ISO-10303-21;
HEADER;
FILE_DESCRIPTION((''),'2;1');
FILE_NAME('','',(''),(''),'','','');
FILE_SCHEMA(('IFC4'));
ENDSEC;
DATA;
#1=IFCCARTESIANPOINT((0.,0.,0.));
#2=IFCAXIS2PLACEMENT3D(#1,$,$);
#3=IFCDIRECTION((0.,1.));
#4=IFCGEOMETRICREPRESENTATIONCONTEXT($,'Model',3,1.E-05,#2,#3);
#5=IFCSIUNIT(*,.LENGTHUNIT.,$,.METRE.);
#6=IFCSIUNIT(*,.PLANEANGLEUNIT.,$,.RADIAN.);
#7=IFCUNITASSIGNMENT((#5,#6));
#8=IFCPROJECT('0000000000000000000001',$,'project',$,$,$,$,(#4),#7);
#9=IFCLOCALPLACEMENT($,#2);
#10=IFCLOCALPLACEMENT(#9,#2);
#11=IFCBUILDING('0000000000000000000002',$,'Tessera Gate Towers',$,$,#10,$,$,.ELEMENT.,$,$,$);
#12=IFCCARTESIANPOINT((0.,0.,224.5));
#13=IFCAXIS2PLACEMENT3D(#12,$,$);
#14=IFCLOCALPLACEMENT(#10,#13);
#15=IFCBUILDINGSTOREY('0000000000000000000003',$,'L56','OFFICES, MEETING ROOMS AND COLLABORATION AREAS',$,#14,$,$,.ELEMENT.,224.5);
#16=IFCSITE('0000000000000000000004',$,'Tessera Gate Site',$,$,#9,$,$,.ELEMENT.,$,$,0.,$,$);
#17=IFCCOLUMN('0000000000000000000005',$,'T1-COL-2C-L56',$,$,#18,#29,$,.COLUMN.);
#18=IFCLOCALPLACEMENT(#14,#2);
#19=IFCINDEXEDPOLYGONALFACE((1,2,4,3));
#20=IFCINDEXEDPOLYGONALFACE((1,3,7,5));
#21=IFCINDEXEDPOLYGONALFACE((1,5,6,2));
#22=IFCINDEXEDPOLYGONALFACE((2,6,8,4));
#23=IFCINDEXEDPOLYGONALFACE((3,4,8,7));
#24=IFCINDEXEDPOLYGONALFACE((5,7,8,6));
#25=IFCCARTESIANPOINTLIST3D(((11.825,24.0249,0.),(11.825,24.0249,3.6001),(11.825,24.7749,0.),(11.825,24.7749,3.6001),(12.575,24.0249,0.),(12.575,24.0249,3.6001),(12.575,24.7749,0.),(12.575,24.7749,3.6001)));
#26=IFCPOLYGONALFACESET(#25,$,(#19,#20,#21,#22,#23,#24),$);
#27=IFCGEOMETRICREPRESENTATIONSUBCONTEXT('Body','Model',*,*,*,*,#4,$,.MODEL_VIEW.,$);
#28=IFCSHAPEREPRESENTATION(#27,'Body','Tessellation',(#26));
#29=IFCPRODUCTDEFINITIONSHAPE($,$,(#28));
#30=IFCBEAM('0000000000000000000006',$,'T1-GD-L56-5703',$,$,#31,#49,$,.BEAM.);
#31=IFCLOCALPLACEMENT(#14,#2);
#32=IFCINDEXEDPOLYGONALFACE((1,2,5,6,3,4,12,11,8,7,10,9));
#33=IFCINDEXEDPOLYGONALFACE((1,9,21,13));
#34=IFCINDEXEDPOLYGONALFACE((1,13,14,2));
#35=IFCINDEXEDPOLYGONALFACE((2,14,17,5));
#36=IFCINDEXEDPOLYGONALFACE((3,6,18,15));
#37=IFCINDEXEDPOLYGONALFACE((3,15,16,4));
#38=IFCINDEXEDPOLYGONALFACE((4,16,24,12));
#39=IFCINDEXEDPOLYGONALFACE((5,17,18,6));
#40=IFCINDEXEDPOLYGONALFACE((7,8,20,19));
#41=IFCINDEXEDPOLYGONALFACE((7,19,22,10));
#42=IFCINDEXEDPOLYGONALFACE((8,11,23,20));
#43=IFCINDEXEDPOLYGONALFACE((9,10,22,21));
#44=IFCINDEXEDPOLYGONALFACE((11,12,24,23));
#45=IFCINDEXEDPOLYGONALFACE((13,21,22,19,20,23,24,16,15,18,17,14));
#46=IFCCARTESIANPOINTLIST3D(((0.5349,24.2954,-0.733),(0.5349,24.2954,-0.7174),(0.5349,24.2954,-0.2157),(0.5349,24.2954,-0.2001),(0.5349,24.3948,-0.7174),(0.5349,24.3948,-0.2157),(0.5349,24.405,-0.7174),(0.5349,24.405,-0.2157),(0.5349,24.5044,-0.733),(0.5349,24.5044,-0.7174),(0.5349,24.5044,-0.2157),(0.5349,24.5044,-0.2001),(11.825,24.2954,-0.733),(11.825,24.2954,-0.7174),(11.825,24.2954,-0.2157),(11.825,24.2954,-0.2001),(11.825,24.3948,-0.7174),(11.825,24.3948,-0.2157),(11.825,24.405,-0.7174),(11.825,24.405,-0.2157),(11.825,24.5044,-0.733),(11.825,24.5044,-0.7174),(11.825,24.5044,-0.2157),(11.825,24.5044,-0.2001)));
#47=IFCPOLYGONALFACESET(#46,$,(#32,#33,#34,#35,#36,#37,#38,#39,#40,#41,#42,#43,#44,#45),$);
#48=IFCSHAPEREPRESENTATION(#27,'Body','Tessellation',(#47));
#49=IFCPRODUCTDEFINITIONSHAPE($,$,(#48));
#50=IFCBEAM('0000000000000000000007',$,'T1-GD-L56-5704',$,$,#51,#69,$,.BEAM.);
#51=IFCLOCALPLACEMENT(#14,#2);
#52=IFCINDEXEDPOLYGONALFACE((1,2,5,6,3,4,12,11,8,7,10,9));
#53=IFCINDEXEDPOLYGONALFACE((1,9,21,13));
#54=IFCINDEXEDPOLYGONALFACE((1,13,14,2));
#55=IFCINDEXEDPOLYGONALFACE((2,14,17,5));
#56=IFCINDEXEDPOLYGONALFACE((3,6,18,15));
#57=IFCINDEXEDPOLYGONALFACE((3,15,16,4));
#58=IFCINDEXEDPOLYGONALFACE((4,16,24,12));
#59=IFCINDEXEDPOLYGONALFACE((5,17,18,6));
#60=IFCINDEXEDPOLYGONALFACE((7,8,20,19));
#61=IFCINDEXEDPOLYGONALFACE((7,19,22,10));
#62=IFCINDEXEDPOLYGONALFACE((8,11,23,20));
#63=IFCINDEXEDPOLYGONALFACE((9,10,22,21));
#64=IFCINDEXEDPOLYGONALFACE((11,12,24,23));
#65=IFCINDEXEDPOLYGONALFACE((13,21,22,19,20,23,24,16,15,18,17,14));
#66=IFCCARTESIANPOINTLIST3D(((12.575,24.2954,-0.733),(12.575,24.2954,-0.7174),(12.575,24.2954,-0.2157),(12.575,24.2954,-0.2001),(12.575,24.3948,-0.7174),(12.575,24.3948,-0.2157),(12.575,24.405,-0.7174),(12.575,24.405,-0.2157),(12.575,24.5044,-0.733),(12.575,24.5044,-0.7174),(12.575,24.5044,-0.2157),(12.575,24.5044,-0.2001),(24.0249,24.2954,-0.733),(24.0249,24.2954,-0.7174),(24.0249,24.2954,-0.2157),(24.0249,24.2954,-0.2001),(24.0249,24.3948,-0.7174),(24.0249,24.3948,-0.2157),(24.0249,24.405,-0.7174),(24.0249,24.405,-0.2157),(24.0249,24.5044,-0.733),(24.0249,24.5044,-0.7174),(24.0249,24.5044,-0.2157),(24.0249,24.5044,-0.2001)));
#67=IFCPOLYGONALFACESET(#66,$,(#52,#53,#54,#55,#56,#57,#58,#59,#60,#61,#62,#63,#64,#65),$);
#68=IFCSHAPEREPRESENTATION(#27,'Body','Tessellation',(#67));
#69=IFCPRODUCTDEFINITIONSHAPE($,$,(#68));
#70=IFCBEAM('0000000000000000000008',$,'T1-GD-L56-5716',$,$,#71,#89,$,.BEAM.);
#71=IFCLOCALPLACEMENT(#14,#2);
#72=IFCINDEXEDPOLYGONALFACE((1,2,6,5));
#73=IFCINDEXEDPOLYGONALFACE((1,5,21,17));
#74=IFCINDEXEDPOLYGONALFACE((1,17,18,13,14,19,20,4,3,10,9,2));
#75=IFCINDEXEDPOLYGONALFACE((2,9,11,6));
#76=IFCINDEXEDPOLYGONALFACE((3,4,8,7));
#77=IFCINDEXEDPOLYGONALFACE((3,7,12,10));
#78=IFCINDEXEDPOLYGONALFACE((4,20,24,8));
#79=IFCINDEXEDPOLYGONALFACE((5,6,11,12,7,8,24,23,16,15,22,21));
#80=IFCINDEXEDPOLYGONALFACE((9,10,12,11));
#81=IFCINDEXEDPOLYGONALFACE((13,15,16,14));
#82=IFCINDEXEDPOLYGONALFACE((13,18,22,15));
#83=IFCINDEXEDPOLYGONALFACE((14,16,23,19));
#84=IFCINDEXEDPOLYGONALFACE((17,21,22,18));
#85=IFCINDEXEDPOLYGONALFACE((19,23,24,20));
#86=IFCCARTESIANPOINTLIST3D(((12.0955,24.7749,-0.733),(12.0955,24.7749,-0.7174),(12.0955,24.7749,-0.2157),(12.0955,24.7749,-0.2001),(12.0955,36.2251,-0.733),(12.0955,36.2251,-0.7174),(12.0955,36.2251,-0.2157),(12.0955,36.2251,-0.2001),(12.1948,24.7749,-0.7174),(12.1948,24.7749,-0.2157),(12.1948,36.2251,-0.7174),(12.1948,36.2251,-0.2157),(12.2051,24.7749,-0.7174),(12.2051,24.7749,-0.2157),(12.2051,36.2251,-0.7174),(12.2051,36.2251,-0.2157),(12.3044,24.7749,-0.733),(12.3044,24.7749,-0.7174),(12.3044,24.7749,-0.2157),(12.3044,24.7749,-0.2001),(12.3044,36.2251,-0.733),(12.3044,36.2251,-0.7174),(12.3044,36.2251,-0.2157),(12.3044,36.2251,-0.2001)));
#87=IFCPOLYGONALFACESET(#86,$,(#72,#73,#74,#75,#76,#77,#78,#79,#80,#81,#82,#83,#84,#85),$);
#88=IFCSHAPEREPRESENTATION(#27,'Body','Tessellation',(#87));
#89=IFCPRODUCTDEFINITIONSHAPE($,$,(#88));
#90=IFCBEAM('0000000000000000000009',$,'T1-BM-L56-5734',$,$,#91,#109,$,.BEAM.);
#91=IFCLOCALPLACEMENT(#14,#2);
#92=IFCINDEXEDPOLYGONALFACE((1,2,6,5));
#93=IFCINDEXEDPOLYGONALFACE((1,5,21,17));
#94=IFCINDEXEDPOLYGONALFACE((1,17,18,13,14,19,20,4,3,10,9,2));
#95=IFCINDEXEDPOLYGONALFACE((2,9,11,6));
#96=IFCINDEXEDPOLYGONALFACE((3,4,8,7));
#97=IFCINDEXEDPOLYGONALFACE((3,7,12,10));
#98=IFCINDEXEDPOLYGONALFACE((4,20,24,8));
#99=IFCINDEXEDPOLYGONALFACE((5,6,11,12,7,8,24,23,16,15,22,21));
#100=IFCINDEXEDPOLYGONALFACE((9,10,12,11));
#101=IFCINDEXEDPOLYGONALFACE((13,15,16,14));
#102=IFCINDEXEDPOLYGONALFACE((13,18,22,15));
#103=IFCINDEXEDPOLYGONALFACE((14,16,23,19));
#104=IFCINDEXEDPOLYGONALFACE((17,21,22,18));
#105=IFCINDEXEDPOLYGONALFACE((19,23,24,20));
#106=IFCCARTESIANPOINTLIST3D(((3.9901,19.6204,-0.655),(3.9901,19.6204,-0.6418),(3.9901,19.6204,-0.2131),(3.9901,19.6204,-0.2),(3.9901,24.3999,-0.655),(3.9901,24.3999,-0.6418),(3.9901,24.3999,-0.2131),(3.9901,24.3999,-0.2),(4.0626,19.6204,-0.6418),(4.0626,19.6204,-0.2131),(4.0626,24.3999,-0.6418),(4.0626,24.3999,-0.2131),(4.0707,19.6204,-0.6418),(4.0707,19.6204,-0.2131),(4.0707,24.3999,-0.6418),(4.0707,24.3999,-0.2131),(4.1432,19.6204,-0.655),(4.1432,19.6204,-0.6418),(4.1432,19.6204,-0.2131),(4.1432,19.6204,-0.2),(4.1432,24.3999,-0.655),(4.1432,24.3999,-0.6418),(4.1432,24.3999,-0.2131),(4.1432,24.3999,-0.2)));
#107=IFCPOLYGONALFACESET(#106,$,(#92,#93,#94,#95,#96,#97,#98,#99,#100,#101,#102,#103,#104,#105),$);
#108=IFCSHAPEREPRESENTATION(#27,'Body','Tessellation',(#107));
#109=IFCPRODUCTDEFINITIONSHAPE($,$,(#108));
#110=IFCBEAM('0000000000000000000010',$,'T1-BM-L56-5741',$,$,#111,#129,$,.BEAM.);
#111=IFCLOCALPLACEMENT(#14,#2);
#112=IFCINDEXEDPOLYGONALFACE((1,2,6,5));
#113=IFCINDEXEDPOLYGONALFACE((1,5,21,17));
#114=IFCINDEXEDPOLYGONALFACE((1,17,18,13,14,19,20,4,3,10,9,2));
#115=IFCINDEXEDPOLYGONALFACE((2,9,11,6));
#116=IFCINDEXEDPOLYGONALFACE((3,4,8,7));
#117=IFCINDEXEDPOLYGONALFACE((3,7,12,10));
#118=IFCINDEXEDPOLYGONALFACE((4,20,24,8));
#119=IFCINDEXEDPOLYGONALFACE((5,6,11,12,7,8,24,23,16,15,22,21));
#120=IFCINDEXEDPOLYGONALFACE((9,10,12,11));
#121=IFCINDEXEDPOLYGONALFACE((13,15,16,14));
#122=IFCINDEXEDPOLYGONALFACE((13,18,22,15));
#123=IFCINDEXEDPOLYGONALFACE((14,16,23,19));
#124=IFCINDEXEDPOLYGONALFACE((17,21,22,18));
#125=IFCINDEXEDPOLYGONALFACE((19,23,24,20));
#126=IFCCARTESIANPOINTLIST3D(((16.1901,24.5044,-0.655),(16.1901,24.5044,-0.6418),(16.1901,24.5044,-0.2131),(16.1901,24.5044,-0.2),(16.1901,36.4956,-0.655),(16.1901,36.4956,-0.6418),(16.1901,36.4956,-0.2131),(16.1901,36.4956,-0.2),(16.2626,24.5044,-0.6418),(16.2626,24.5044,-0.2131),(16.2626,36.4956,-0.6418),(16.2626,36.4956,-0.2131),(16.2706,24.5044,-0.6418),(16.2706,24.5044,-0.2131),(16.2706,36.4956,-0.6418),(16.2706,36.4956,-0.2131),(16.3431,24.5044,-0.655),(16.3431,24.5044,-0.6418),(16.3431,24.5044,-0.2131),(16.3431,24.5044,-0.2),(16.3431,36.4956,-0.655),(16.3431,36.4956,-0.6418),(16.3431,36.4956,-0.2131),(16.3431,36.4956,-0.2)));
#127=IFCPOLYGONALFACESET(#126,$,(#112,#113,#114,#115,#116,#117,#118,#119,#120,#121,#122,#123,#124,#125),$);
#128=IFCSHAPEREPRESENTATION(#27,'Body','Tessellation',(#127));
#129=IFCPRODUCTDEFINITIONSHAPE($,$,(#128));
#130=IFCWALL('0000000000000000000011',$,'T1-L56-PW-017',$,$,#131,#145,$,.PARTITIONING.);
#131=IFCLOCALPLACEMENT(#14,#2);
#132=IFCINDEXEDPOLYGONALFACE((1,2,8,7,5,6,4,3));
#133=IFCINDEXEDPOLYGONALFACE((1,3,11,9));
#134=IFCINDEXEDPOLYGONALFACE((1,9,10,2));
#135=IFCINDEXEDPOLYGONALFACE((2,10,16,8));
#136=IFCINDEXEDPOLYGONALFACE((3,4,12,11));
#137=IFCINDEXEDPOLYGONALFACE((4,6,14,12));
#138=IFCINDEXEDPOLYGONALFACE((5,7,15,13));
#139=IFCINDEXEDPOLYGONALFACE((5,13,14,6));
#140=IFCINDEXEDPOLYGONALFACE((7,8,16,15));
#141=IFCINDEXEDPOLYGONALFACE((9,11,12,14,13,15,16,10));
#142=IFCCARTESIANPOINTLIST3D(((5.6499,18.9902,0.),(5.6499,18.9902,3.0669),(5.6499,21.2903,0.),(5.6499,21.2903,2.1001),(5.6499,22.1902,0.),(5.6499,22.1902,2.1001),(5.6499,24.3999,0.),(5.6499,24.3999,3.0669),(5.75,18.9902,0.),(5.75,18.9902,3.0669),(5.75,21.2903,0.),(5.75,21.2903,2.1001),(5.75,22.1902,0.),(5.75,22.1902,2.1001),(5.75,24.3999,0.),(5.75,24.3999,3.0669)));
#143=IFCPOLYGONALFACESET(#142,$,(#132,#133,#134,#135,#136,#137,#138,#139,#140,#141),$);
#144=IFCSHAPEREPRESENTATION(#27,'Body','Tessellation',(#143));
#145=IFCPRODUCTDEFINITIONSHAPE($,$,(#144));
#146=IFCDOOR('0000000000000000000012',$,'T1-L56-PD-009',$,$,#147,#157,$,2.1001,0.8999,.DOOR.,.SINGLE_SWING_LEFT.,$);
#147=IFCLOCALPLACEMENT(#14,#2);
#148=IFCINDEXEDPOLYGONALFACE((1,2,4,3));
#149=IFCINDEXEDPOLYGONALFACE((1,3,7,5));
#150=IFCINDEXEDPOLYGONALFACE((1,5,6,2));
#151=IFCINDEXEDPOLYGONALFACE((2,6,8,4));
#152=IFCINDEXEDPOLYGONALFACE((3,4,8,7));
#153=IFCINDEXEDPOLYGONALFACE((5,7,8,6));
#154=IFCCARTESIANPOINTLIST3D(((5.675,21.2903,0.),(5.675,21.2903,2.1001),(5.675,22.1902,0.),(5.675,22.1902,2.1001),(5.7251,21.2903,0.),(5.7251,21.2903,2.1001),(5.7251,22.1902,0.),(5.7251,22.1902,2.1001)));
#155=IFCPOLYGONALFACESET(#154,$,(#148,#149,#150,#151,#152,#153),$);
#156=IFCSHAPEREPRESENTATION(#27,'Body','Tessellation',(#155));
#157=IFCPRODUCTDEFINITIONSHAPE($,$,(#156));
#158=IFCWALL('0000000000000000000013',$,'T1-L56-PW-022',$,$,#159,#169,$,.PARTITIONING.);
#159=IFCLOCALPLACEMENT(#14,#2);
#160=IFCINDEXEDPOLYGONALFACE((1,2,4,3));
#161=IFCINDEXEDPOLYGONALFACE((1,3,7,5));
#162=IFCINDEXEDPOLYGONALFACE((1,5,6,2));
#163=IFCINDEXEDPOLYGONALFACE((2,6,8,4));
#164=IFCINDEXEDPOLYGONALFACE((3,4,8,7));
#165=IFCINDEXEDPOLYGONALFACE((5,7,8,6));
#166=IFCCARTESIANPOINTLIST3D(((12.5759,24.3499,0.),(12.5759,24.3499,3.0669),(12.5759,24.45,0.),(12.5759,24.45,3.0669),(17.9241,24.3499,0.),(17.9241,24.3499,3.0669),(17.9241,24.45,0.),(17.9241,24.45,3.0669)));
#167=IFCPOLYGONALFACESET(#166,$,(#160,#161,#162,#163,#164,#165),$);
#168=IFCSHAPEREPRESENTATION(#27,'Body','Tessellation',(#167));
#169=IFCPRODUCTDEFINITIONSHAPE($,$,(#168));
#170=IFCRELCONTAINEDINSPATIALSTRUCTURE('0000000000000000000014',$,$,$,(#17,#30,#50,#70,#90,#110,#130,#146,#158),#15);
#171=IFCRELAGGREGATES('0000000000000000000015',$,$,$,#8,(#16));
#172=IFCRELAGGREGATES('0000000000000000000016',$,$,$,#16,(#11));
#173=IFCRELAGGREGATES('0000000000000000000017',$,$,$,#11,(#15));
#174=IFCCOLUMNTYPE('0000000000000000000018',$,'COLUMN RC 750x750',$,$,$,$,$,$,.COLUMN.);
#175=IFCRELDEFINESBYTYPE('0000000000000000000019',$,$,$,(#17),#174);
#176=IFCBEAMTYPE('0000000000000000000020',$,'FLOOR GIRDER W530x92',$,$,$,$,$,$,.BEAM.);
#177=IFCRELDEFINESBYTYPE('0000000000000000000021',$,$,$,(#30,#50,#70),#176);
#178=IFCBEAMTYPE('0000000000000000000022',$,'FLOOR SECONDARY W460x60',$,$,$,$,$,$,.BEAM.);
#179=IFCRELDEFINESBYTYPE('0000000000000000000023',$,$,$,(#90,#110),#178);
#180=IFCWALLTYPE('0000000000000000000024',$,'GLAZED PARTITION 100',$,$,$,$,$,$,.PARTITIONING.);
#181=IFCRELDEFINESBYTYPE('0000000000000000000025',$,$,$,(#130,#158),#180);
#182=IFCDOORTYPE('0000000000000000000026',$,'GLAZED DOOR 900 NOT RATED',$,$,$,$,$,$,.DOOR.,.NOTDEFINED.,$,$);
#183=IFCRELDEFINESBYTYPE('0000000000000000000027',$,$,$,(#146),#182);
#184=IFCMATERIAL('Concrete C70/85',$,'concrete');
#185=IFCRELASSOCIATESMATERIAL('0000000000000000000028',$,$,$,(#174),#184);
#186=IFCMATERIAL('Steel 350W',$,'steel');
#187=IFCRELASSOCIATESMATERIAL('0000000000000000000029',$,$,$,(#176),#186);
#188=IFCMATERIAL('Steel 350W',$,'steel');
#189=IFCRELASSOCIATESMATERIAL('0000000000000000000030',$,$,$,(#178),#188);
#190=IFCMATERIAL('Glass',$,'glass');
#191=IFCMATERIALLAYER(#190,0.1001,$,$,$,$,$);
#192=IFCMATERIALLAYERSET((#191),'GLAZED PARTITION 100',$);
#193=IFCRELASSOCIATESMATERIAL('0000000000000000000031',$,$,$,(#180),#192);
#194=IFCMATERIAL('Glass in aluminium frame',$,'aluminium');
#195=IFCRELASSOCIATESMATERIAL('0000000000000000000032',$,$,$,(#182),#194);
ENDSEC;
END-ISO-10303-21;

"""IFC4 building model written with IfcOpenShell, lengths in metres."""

from ifc_helpers import new_model, si_unit, direction, frame, frame_2d, origin, origin_2d, place, context, subcontext, project, spatial, rectangle, i_section, extrude, source, transform, mapped, material, layer, layer_set, material_profile, profile_set, type_object, element, fill, save


model = new_model("IFC4")

# Units and contexts
model_context = context("Model", 3, precision=1e-05, world=origin(), true_north=direction((0.0, 1.0)))
body_context = subcontext(model_context, "Body", "Model", "MODEL_VIEW")
ifc_project = project(units=[si_unit("LENGTHUNIT", "METRE"), si_unit("PLANEANGLEUNIT", "RADIAN")], contexts=[model_context])

# Site, building, storey
site_placement = place(None, origin())
site = spatial("IfcSite", under=ifc_project, at=site_placement, Name="Tessera Gate Site", CompositionType="ELEMENT", RefElevation=0.0)
building_placement = place(site_placement, origin())
building = spatial("IfcBuilding", under=site, at=building_placement, Name="Tessera Gate Towers", CompositionType="ELEMENT")
storey_placement = place(building_placement, frame((0.0, 0.0, 224.5)))
storey = spatial("IfcBuildingStorey", under=building, at=storey_placement, Name="L56", Description="OFFICES, MEETING ROOMS AND COLLABORATION AREAS", CompositionType="ELEMENT", Elevation=224.5)

# Column
ifc_material_1 = material(Name="Concrete C70/85", Category="concrete")
ifc_material_profile_1 = material_profile(ifc_material_1, rectangle(XDim=0.75, YDim=0.75, at=origin_2d()), Name="RC 750x750")
ifc_profile_set_1 = profile_set([ifc_material_profile_1], Name="Concrete C70/85")
column_type = type_object("IfcColumnType", Name="COLUMN RC 750x750", PredefinedType="COLUMN", material=ifc_profile_set_1)
column_placement = place(storey_placement, frame((12.2, 24.3999, 0.0), z_axis=(0.0, 0.0, 1.0), x_axis=(1.0, 0.0, 0.0)))
element("IfcColumn", 1, at=column_placement, inside=storey, type_object=column_type, Name="T1-COL-2C-L56", PredefinedType="COLUMN", context=body_context, shape_type="SweptSolid", body=[
    extrude(rectangle(XDim=0.75, YDim=0.75, at=origin_2d()), origin(), (0.0, 0.0, 1.0), 3.6001),
])

# Beams
ifc_material_2 = material(Name="Steel 350W", Category="steel")
ifc_material_profile_2 = material_profile(ifc_material_2, i_section(OverallWidth=0.209, OverallDepth=0.533, WebThickness=0.0103, FlangeThickness=0.0156, at=origin_2d()), Name="W530x92")
ifc_profile_set_2 = profile_set([ifc_material_profile_2], Name="Steel 350W")
beam_type_1 = type_object("IfcBeamType", Name="FLOOR GIRDER W530x92", PredefinedType="BEAM", material=ifc_profile_set_2)
beam_1_placement = place(storey_placement, frame((0.5349, 24.3999, -0.4666), z_axis=(1.0, 0.0, 0.0), x_axis=(0.0, 1.0, 0.0)))
element("IfcBeam", 2, at=beam_1_placement, inside=storey, type_object=beam_type_1, Name="T1-GD-L56-5703", PredefinedType="BEAM", context=body_context, shape_type="SweptSolid", body=[
    extrude(i_section(OverallWidth=0.209, OverallDepth=0.533, WebThickness=0.0103, FlangeThickness=0.0156, at=origin_2d()), origin(), (0.0, 0.0, 1.0), 11.29),
])
beam_2_placement = place(storey_placement, frame((12.575, 24.3999, -0.4666), z_axis=(1.0, 0.0, 0.0), x_axis=(0.0, 1.0, 0.0)))
element("IfcBeam", 3, at=beam_2_placement, inside=storey, type_object=beam_type_1, Name="T1-GD-L56-5704", PredefinedType="BEAM", context=body_context, shape_type="SweptSolid", body=[
    extrude(i_section(OverallWidth=0.209, OverallDepth=0.533, WebThickness=0.0103, FlangeThickness=0.0156, at=origin_2d()), origin(), (0.0, 0.0, 1.0), 11.45),
])
beam_3_placement = place(storey_placement, frame((12.2, 24.7749, -0.4666), z_axis=(0.0, 1.0, 0.0), x_axis=(-1.0, 0.0, 0.0)))
element("IfcBeam", 4, at=beam_3_placement, inside=storey, type_object=beam_type_1, Name="T1-GD-L56-5716", PredefinedType="BEAM", context=body_context, shape_type="SweptSolid", body=[
    extrude(i_section(OverallWidth=0.209, OverallDepth=0.533, WebThickness=0.0103, FlangeThickness=0.0156, at=origin_2d()), origin(), (0.0, 0.0, 1.0), 11.4502),
])
ifc_material_3 = material(Name="Steel 350W", Category="steel")
ifc_material_profile_3 = material_profile(ifc_material_3, i_section(OverallWidth=0.1531, OverallDepth=0.4551, WebThickness=0.0081, FlangeThickness=0.0132, at=origin_2d()), Name="W460x60")
ifc_profile_set_3 = profile_set([ifc_material_profile_3], Name="Steel 350W")
beam_type_2 = type_object("IfcBeamType", Name="FLOOR SECONDARY W460x60", PredefinedType="BEAM", material=ifc_profile_set_3)
beam_4_placement = place(storey_placement, frame((4.0667, 19.6204, -0.4275), z_axis=(0.0, 1.0, 0.0), x_axis=(-1.0, 0.0, 0.0)))
element("IfcBeam", 5, at=beam_4_placement, inside=storey, type_object=beam_type_2, Name="T1-BM-L56-5734", PredefinedType="BEAM", context=body_context, shape_type="SweptSolid", body=[
    extrude(i_section(OverallWidth=0.1531, OverallDepth=0.4551, WebThickness=0.0081, FlangeThickness=0.0132, at=origin_2d()), origin(), (0.0, 0.0, 1.0), 4.7795),
])
beam_5_placement = place(storey_placement, frame((16.2666, 24.5044, -0.4275), z_axis=(0.0, 1.0, 0.0), x_axis=(-1.0, 0.0, 0.0)))
element("IfcBeam", 6, at=beam_5_placement, inside=storey, type_object=beam_type_2, Name="T1-BM-L56-5741", PredefinedType="BEAM", context=body_context, shape_type="SweptSolid", body=[
    extrude(i_section(OverallWidth=0.1531, OverallDepth=0.4551, WebThickness=0.0081, FlangeThickness=0.0132, at=origin_2d()), origin(), (0.0, 0.0, 1.0), 11.9912),
])

# Wall, opening, door
ifc_material_4 = material(Name="Glass", Category="glass")
ifc_layer_1 = layer(ifc_material_4, 0.1001)
ifc_layer_set_1 = layer_set([ifc_layer_1], Name="GLAZED PARTITION 100")
wall_type_1 = type_object("IfcWallType", Name="GLAZED PARTITION 100", PredefinedType="PARTITIONING", material=ifc_layer_set_1)
wall_1_placement = place(storey_placement, frame((5.7, 18.9902, 0.0), z_axis=(0.0, 0.0, 1.0), x_axis=(0.0, 1.0, 0.0)))
wall_1 = element("IfcWall", 7, at=wall_1_placement, inside=storey, type_object=wall_type_1, Name="T1-L56-PW-017", PredefinedType="PARTITIONING", context=body_context, shape_type="SweptSolid", body=[
    extrude(rectangle(XDim=5.4097, YDim=0.1001, at=frame_2d((2.7048, 0.0))), origin(), (0.0, 0.0, 1.0), 3.0669),
])
shared_shape_1 = source(origin(), body_context, "Body", "SweptSolid", [
    extrude(rectangle(XDim=0.8999, YDim=2.1001, at=frame_2d((0.45, 1.05))), frame((0.0, 0.0601, 0.0), z_axis=(0.0, -1.0, 0.0), x_axis=(1.0, 0.0, 0.0)), (0.0, 0.0, 1.0), 0.1201),
])
opening_1_placement = place(wall_1_placement, frame((2.3, 0.0, 0.0)))
opening_1 = element("IfcOpeningElement", 8, at=opening_1_placement, cuts=wall_1, PredefinedType="OPENING", context=body_context, shape_type="MappedRepresentation", body=[
    mapped(shared_shape_1, transform((0.0, 0.0, 0.0), scale=1.0)),
])
ifc_material_5 = material(Name="Glass in aluminium frame", Category="aluminium")
door_type = type_object("IfcDoorType", Name="GLAZED DOOR 900 NOT RATED", OperationType="NOTDEFINED", PredefinedType="DOOR", material=ifc_material_5)
shared_shape_2 = source(origin(), body_context, "Body", "SweptSolid", [
    extrude(rectangle(XDim=0.8999, YDim=2.1001, at=frame_2d((0.45, 1.05))), frame((0.0, 0.0249, 0.0), z_axis=(0.0, -1.0, 0.0), x_axis=(1.0, 0.0, 0.0)), (0.0, 0.0, 1.0), 0.05),
])
door_1_placement = place(opening_1_placement, origin())
door_1 = element("IfcDoor", 9, at=door_1_placement, inside=storey, type_object=door_type, Name="T1-L56-PD-009", OperationType="SINGLE_SWING_LEFT", OverallHeight=2.1001, OverallWidth=0.8999, PredefinedType="DOOR", context=body_context, shape_type="MappedRepresentation", body=[
    mapped(shared_shape_2, transform((0.0, 0.0, 0.0), scale=1.0)),
])
fill(opening_1, door_1)

# Wall
wall_2_placement = place(storey_placement, frame((12.5759, 24.3999, 0.0), z_axis=(0.0, 0.0, 1.0), x_axis=(1.0, 0.0, 0.0)))
element("IfcWall", 10, at=wall_2_placement, inside=storey, type_object=wall_type_1, Name="T1-L56-PW-022", PredefinedType="PARTITIONING", context=body_context, shape_type="SweptSolid", body=[
    extrude(rectangle(XDim=5.3481, YDim=0.1001, at=frame_2d((2.6741, 0.0))), origin(), (0.0, 0.0, 1.0), 3.0669),
])

save(model, "model.ifc")
